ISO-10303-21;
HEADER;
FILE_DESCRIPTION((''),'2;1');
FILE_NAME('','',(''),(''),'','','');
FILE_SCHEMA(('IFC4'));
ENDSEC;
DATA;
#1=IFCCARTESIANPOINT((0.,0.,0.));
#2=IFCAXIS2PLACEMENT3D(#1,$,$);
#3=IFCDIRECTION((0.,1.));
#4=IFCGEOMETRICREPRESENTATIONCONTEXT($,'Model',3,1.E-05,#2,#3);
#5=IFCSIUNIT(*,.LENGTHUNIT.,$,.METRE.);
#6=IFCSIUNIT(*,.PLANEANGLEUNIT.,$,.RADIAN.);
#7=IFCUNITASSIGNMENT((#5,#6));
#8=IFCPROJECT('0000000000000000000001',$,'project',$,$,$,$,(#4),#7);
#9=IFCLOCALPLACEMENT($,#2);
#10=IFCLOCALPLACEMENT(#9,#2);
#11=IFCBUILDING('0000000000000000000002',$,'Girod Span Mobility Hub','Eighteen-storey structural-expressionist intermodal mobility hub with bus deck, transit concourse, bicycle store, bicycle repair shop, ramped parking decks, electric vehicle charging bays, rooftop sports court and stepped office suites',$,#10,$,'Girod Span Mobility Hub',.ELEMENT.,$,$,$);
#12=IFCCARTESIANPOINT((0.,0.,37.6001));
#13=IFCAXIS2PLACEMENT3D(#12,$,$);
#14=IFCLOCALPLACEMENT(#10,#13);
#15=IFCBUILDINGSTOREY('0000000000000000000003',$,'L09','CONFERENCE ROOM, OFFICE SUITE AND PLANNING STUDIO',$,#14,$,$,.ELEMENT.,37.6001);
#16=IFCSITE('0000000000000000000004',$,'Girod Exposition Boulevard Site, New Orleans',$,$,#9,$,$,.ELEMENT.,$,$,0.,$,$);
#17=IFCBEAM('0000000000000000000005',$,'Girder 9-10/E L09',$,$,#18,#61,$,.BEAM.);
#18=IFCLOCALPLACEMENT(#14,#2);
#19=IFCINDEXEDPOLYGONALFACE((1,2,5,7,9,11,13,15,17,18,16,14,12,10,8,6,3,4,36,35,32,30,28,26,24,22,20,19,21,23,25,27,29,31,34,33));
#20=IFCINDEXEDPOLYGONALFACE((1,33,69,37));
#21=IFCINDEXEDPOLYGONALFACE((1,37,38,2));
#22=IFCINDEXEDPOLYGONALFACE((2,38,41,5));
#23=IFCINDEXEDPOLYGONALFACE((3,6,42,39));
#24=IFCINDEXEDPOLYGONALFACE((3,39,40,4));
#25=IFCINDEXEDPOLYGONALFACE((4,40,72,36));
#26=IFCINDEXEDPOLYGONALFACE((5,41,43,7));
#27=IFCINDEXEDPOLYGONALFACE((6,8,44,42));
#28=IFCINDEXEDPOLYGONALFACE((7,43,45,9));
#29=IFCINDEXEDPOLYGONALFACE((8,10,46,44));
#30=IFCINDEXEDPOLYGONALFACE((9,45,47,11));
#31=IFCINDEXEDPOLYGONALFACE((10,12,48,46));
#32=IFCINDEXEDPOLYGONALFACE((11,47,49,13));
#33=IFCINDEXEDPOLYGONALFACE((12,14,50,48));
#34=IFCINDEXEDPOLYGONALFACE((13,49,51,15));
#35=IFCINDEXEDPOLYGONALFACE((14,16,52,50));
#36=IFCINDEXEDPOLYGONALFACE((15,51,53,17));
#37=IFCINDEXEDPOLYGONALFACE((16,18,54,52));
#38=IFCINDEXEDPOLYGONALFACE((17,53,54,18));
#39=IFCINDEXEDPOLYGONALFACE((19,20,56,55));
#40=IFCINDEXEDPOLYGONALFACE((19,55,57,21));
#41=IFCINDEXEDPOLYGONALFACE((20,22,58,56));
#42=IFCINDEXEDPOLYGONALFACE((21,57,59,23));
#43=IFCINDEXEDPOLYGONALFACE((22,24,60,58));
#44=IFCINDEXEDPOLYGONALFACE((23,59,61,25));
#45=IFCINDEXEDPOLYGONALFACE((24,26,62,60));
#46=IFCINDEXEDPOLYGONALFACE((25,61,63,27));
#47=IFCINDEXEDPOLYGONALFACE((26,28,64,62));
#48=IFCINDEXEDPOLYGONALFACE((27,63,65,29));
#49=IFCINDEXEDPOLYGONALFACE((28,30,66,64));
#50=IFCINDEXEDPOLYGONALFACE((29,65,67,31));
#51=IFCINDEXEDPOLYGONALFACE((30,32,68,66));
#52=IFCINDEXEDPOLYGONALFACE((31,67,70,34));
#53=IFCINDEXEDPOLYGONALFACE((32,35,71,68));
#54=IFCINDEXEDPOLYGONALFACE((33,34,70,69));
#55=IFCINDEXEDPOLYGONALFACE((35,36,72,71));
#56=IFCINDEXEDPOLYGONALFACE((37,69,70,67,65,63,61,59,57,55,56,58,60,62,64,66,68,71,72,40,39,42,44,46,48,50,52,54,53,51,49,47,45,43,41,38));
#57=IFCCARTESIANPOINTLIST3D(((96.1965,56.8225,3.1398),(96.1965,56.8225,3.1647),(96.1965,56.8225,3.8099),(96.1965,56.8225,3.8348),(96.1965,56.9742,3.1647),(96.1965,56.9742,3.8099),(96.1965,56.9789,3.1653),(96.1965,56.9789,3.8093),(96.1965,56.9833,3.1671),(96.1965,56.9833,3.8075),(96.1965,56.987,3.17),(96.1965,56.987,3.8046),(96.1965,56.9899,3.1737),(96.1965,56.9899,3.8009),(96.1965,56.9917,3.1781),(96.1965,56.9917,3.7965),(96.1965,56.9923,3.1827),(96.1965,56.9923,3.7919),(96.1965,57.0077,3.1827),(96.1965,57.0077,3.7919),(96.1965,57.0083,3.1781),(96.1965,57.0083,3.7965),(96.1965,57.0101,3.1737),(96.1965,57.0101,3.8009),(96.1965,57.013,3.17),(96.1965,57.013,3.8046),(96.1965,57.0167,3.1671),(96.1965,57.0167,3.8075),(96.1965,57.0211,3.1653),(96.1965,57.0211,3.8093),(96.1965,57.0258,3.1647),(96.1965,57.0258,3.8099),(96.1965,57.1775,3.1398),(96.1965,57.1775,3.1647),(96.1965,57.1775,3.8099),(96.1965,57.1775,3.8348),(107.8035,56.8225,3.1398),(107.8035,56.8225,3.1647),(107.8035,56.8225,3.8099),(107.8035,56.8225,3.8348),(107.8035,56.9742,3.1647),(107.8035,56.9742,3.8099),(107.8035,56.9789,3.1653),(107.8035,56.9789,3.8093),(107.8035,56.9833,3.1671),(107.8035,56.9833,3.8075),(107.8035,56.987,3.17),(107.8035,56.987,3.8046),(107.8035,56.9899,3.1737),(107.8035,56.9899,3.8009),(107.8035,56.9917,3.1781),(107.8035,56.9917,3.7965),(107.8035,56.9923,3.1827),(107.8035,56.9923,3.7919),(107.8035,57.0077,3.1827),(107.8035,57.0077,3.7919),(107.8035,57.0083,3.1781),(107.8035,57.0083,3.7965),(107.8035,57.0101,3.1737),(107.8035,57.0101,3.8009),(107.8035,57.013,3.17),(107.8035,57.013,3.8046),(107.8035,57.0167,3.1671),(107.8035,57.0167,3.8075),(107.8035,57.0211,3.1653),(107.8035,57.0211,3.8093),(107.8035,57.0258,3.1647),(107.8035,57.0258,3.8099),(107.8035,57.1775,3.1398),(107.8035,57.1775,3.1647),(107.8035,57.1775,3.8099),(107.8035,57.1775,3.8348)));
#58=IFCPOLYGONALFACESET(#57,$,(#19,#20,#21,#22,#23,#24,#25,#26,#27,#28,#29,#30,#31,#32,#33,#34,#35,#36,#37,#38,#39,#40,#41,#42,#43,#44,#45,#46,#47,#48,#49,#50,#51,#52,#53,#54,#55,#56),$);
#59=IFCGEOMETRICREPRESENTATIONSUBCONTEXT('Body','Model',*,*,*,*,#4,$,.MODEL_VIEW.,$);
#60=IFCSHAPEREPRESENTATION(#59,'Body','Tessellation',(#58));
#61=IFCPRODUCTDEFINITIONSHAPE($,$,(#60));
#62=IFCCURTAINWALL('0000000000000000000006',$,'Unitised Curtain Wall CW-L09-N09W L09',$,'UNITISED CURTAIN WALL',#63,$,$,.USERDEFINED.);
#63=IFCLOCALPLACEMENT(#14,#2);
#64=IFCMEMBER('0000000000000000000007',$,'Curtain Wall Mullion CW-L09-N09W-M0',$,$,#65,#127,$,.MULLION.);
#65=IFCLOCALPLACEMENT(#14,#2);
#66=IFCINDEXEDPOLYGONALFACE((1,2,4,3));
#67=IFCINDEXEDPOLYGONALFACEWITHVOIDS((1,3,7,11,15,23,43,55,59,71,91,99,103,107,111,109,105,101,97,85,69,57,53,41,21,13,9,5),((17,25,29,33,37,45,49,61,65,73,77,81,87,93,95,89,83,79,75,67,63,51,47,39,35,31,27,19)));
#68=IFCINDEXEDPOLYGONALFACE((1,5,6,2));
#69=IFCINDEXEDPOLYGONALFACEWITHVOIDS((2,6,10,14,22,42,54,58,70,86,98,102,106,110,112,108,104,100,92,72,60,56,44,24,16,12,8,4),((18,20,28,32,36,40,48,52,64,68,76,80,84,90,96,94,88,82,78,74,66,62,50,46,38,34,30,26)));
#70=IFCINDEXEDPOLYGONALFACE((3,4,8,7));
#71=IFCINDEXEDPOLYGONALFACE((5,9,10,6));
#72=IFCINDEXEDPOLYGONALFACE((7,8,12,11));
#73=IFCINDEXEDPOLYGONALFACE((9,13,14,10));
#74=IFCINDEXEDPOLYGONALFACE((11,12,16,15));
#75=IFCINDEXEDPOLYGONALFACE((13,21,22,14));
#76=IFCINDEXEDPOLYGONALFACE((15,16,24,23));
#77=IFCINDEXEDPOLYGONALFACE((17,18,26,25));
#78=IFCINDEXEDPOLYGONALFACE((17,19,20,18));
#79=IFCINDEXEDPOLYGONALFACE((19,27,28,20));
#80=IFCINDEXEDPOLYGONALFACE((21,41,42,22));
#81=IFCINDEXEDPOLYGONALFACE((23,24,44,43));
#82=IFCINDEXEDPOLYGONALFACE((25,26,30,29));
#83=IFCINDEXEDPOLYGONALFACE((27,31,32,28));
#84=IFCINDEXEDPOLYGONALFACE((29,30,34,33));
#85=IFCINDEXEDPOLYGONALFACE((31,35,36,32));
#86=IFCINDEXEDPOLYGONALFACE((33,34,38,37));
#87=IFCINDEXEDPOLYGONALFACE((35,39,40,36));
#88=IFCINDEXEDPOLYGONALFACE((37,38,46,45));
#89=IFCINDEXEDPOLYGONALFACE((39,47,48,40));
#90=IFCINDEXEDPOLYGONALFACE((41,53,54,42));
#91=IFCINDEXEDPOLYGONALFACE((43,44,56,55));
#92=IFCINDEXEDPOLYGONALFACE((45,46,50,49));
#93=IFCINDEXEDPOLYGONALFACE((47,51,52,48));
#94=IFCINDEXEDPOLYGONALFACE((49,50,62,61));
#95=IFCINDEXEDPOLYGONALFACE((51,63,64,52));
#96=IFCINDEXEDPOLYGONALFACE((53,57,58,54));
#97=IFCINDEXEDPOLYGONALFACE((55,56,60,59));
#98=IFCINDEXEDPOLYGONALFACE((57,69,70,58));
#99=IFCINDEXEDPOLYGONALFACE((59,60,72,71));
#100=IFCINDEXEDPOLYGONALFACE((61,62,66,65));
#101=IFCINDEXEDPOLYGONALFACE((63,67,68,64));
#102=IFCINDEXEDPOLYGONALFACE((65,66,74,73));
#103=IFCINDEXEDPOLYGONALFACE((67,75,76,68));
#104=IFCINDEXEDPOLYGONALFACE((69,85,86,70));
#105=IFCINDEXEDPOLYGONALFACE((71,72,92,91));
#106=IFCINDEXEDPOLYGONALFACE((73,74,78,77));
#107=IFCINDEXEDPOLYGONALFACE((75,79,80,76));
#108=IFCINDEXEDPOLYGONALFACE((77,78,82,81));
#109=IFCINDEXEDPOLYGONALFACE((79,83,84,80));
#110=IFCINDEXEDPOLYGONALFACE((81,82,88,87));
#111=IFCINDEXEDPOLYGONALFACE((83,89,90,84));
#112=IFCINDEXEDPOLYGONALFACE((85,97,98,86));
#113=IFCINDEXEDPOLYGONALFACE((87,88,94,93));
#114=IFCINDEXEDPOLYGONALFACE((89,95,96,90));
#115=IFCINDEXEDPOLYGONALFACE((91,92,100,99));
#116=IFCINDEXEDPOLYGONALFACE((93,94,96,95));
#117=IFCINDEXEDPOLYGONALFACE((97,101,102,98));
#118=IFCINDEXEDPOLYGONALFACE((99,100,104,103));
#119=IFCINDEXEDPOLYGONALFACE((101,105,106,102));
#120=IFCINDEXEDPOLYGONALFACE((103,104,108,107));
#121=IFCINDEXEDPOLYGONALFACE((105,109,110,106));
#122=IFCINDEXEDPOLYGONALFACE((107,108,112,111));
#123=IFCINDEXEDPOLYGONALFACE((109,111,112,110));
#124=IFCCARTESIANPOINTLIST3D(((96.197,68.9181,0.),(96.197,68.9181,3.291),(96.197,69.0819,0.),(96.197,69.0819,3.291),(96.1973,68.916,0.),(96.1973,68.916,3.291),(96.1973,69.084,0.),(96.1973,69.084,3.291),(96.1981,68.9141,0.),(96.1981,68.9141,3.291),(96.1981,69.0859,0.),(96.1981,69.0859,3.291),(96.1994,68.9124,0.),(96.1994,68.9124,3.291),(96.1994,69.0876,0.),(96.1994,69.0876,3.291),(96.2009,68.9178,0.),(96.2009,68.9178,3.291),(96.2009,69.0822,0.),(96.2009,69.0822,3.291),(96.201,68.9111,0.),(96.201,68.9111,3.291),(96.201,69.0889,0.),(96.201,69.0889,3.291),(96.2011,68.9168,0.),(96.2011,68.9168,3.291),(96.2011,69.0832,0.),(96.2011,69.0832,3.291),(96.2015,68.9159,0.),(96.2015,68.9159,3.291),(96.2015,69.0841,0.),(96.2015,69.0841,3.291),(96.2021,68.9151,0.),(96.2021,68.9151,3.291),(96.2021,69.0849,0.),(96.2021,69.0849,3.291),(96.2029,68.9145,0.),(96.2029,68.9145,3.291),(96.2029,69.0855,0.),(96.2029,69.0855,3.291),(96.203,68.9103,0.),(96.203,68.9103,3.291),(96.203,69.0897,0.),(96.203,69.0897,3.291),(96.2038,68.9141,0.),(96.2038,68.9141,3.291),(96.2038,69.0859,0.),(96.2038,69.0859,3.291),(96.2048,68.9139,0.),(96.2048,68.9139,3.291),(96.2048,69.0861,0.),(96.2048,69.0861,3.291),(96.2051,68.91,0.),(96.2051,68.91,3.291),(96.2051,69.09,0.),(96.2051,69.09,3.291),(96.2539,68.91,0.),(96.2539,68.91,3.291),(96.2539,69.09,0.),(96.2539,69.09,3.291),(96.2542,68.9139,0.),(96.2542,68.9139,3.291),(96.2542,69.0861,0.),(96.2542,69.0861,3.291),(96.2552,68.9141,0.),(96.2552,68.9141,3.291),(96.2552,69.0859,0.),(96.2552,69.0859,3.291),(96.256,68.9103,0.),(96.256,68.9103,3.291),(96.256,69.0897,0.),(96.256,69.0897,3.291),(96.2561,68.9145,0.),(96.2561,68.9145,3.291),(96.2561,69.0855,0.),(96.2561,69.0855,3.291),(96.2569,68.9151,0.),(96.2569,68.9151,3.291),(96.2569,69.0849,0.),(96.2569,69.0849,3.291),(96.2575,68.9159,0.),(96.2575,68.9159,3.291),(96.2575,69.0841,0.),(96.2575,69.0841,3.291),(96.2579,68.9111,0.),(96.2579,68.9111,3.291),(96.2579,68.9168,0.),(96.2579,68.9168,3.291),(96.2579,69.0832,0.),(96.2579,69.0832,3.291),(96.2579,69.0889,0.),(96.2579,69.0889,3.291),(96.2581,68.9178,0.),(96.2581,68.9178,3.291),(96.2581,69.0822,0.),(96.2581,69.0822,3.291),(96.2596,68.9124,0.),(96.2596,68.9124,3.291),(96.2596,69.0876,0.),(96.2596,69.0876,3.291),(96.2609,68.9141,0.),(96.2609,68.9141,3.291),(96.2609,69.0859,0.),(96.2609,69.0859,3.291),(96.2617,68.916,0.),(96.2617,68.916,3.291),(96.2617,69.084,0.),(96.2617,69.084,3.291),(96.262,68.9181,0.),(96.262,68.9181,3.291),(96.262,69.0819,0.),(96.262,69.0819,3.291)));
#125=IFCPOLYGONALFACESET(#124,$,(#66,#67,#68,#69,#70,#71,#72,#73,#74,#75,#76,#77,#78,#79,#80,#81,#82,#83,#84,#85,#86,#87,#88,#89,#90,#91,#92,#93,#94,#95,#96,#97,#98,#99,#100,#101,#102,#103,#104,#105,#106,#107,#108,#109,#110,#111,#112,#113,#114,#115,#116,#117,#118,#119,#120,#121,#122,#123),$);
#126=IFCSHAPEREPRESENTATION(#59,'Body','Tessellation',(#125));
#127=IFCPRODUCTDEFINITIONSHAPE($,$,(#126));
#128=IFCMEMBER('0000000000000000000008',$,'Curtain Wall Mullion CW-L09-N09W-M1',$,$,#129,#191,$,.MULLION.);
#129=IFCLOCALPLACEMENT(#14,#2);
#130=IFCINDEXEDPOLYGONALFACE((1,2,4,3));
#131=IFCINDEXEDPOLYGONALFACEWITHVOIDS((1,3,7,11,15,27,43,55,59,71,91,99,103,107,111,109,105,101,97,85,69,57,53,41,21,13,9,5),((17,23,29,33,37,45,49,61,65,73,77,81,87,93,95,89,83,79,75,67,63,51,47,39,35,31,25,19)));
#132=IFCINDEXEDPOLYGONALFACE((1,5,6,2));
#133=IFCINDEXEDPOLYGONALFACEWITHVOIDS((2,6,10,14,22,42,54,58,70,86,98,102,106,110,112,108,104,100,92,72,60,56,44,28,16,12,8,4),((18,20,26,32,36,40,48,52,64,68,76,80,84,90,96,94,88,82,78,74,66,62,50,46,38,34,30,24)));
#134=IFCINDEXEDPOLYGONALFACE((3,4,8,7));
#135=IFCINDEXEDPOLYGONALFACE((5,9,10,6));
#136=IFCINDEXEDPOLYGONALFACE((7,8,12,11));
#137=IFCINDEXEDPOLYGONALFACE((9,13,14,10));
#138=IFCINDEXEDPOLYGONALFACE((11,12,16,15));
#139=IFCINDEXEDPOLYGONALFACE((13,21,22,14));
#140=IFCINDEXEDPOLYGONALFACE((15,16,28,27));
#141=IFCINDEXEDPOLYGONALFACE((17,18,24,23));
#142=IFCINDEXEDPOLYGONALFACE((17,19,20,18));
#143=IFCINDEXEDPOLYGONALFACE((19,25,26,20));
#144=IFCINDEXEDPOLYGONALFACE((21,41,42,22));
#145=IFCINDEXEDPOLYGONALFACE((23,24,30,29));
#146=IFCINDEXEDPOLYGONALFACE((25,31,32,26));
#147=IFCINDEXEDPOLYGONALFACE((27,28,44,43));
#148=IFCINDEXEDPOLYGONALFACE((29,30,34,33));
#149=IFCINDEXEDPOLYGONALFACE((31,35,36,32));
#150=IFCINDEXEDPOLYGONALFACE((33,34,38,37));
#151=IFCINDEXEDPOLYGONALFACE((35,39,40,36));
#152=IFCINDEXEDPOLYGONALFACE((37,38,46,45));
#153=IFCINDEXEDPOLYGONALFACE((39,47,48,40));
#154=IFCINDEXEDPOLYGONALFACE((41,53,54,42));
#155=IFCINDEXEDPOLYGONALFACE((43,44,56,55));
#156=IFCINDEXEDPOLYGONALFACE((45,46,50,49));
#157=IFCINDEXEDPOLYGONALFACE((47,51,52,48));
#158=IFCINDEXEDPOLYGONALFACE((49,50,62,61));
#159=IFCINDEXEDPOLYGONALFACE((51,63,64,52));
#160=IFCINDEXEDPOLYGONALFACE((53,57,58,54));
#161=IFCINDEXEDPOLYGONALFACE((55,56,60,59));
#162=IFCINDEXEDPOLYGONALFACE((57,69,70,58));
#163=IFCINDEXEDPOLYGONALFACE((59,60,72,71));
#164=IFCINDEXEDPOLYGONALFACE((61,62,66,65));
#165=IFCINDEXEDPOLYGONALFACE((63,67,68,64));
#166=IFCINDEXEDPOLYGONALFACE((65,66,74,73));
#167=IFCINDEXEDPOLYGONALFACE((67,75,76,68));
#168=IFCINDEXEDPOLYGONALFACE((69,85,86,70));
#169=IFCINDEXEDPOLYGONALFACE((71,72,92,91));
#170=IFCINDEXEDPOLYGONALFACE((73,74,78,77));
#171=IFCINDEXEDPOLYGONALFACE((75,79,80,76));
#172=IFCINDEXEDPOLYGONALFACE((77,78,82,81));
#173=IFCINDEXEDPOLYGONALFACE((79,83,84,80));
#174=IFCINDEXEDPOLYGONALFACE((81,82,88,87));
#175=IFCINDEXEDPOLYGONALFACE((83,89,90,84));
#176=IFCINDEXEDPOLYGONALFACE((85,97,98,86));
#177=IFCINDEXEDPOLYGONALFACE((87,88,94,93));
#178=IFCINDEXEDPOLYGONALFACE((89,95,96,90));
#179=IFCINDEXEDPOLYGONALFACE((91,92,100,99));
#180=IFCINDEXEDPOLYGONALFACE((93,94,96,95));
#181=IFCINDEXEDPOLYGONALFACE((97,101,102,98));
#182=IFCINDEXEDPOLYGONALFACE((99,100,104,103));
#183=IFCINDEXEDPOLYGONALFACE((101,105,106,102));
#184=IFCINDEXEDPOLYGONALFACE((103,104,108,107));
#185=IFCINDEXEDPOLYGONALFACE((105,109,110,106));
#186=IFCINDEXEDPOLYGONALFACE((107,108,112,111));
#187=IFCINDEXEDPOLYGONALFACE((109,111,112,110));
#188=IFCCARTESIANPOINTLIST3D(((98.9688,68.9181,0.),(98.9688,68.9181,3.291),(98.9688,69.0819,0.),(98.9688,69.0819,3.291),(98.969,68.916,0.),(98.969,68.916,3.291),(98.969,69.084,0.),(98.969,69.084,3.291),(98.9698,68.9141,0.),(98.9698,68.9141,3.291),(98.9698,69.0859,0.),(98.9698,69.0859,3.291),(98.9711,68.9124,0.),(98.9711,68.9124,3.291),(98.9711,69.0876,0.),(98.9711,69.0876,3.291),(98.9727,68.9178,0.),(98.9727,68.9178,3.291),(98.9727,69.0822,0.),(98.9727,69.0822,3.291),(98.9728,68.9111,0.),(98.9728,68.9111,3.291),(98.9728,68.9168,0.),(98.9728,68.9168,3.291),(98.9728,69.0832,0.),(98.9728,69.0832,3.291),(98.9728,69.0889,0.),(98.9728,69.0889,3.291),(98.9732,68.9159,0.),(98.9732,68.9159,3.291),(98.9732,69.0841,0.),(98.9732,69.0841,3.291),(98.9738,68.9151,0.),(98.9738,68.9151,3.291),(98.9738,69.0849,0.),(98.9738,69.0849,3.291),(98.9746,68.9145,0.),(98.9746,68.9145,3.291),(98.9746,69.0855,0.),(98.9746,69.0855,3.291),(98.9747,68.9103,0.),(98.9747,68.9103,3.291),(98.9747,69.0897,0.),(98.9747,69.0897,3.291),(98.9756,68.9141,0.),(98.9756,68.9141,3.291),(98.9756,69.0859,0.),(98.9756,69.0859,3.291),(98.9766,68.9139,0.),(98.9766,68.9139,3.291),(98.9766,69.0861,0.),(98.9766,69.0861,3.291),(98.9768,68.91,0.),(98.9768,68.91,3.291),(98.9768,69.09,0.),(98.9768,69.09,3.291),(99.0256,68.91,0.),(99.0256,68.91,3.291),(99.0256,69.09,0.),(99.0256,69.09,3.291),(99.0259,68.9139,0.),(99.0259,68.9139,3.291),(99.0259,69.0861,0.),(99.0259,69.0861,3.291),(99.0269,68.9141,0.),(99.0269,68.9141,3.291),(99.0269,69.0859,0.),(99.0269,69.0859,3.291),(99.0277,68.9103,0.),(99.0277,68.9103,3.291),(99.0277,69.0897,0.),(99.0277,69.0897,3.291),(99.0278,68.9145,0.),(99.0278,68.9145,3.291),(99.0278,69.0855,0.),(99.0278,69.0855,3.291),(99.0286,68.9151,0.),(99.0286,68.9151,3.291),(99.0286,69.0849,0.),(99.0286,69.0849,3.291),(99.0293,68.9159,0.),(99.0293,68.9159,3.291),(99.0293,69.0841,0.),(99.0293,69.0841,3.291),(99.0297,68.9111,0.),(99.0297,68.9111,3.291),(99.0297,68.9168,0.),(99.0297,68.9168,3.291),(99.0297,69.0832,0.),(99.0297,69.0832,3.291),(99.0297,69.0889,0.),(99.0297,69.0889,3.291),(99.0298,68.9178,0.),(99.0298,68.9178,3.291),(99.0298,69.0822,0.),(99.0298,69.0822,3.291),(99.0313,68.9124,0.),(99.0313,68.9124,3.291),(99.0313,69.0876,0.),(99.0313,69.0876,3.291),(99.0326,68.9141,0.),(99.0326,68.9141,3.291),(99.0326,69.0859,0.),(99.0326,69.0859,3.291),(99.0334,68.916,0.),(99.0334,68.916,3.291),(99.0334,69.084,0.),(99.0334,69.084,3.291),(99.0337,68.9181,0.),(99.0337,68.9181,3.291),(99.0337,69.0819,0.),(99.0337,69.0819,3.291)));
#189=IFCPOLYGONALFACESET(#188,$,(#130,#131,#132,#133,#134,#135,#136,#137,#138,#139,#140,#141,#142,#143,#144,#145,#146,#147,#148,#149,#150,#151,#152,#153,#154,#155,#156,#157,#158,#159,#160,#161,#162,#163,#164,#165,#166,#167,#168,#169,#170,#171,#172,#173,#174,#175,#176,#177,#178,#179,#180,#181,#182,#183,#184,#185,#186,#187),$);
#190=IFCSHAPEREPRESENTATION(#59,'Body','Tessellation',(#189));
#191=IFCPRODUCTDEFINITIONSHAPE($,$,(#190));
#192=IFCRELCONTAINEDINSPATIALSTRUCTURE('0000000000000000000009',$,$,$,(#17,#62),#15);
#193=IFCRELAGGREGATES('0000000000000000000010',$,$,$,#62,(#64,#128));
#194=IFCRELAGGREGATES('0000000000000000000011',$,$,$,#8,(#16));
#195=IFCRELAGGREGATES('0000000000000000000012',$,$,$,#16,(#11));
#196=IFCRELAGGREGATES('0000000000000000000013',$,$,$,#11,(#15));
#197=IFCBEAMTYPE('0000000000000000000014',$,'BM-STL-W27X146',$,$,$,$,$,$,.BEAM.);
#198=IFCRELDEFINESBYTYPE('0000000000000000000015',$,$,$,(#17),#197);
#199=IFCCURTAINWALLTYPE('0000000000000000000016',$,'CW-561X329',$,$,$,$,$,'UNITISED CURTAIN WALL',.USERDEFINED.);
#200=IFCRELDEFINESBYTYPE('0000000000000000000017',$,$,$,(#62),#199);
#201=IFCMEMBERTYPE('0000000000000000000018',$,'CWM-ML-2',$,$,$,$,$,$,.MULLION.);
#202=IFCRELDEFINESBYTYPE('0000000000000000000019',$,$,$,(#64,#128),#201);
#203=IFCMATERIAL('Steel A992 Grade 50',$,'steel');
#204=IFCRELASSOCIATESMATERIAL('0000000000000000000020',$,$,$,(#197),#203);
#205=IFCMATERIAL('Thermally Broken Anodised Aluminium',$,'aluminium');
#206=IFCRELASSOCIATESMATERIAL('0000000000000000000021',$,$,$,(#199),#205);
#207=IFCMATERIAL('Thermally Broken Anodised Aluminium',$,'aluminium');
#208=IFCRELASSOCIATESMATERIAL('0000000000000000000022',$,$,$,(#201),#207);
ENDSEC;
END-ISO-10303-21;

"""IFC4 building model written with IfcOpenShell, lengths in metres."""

from ifc_helpers import new_model, si_unit, direction, frame, origin, origin_2d, place, context, subcontext, project, spatial, hollow_rectangle, i_section, extrude, material, material_profile, profile_set, type_object, element, aggregate, save


model = new_model("IFC4")

# Units and contexts
model_context = context("Model", 3, precision=1e-05, world=origin(), true_north=direction((0.0, 1.0)))
body_context = subcontext(model_context, "Body", "Model", "MODEL_VIEW")
ifc_project = project(units=[si_unit("LENGTHUNIT", "METRE"), si_unit("PLANEANGLEUNIT", "RADIAN")], contexts=[model_context])

# Site, building, storey
site_placement = place(None, origin())
site = spatial("IfcSite", under=ifc_project, at=site_placement, Name="Girod Exposition Boulevard Site, New Orleans", CompositionType="ELEMENT", RefElevation=0.0)
building_placement = place(site_placement, origin())
building = spatial("IfcBuilding", under=site, at=building_placement, Name="Girod Span Mobility Hub", Description="Eighteen-storey structural-expressionist intermodal mobility hub with bus deck, transit concourse, bicycle store, bicycle repair shop, ramped parking decks, electric vehicle charging bays, rooftop sports court and stepped office suites", LongName="Girod Span Mobility Hub", CompositionType="ELEMENT")
storey_placement = place(building_placement, frame((0.0, 0.0, 37.6001)))
storey = spatial("IfcBuildingStorey", under=building, at=storey_placement, Name="L09", Description="CONFERENCE ROOM, OFFICE SUITE AND PLANNING STUDIO", CompositionType="ELEMENT", Elevation=37.6001)

# Beam
ifc_material_1 = material(Name="Steel A992 Grade 50", Category="steel")
ifc_material_profile_1 = material_profile(ifc_material_1, i_section(OverallWidth=0.355, OverallDepth=0.6951, WebThickness=0.0154, FlangeThickness=0.0249, FilletRadius=0.0181, at=origin_2d()), Name="W27X146")
ifc_profile_set_1 = profile_set([ifc_material_profile_1], Name="Steel A992 Grade 50")
beam_type_1 = type_object("IfcBeamType", Name="BM-STL-W27X146", PredefinedType="BEAM", material=ifc_profile_set_1)
beam_1_placement = place(storey_placement, frame((96.1965, 57.0, 3.4873), z_axis=(1.0, 0.0, 0.0), x_axis=(0.0, 1.0, 0.0)))
element("IfcBeam", 1, at=beam_1_placement, inside=storey, type_object=beam_type_1, Name="Girder 9-10/E L09", PredefinedType="BEAM", context=body_context, shape_type="SweptSolid", body=[
    extrude(i_section(OverallWidth=0.355, OverallDepth=0.6951, WebThickness=0.0154, FlangeThickness=0.0249, FilletRadius=0.0181, at=origin_2d()), origin(), (0.0, 0.0, 1.0), 11.6069),
])

# Curtain wall, members
ifc_material_2 = material(Name="Thermally Broken Anodised Aluminium", Category="aluminium")
curtain_wall_type = type_object("IfcCurtainWallType", Name="CW-561X329", ElementType="UNITISED CURTAIN WALL", PredefinedType="USERDEFINED", material=ifc_material_2)
curtain_wall_1_placement = place(storey_placement, origin())
curtain_wall_1 = element("IfcCurtainWall", 2, at=curtain_wall_1_placement, inside=storey, type_object=curtain_wall_type, Name="Unitised Curtain Wall CW-L09-N09W L09", ObjectType="UNITISED CURTAIN WALL", PredefinedType="USERDEFINED")
ifc_material_3 = material(Name="Thermally Broken Anodised Aluminium", Category="aluminium")
ifc_material_profile_2 = material_profile(ifc_material_3, hollow_rectangle(XDim=0.1799, YDim=0.0649, WallThickness=0.0039, InnerFilletRadius=0.0039, OuterFilletRadius=0.0081, at=origin_2d()), Name="CW-ML-65X180")
ifc_profile_set_2 = profile_set([ifc_material_profile_2], Name="Thermally Broken Anodised Aluminium")
member_type_1 = type_object("IfcMemberType", Name="CWM-ML-2", PredefinedType="MULLION", material=ifc_profile_set_2)
member_1_placement = place(storey_placement, frame((96.2295, 69.0, 0.0), z_axis=(0.0, 0.0, 1.0), x_axis=(0.0, 1.0, 0.0)))
member_1 = element("IfcMember", 3, at=member_1_placement, type_object=member_type_1, Name="Curtain Wall Mullion CW-L09-N09W-M0", PredefinedType="MULLION", context=body_context, shape_type="SweptSolid", body=[
    extrude(hollow_rectangle(XDim=0.1799, YDim=0.0649, WallThickness=0.0039, InnerFilletRadius=0.0039, OuterFilletRadius=0.0081, at=origin_2d()), origin(), (0.0, 0.0, 1.0), 3.291),
])
member_2_placement = place(storey_placement, frame((99.0012, 69.0, 0.0), z_axis=(0.0, 0.0, 1.0), x_axis=(0.0, 1.0, 0.0)))
member_2 = element("IfcMember", 4, at=member_2_placement, type_object=member_type_1, Name="Curtain Wall Mullion CW-L09-N09W-M1", PredefinedType="MULLION", context=body_context, shape_type="SweptSolid", body=[
    extrude(hollow_rectangle(XDim=0.1799, YDim=0.0649, WallThickness=0.0039, InnerFilletRadius=0.0039, OuterFilletRadius=0.0081, at=origin_2d()), origin(), (0.0, 0.0, 1.0), 3.291),
])

aggregate(curtain_wall_1, [member_1, member_2])

save(model, "model.ifc")
